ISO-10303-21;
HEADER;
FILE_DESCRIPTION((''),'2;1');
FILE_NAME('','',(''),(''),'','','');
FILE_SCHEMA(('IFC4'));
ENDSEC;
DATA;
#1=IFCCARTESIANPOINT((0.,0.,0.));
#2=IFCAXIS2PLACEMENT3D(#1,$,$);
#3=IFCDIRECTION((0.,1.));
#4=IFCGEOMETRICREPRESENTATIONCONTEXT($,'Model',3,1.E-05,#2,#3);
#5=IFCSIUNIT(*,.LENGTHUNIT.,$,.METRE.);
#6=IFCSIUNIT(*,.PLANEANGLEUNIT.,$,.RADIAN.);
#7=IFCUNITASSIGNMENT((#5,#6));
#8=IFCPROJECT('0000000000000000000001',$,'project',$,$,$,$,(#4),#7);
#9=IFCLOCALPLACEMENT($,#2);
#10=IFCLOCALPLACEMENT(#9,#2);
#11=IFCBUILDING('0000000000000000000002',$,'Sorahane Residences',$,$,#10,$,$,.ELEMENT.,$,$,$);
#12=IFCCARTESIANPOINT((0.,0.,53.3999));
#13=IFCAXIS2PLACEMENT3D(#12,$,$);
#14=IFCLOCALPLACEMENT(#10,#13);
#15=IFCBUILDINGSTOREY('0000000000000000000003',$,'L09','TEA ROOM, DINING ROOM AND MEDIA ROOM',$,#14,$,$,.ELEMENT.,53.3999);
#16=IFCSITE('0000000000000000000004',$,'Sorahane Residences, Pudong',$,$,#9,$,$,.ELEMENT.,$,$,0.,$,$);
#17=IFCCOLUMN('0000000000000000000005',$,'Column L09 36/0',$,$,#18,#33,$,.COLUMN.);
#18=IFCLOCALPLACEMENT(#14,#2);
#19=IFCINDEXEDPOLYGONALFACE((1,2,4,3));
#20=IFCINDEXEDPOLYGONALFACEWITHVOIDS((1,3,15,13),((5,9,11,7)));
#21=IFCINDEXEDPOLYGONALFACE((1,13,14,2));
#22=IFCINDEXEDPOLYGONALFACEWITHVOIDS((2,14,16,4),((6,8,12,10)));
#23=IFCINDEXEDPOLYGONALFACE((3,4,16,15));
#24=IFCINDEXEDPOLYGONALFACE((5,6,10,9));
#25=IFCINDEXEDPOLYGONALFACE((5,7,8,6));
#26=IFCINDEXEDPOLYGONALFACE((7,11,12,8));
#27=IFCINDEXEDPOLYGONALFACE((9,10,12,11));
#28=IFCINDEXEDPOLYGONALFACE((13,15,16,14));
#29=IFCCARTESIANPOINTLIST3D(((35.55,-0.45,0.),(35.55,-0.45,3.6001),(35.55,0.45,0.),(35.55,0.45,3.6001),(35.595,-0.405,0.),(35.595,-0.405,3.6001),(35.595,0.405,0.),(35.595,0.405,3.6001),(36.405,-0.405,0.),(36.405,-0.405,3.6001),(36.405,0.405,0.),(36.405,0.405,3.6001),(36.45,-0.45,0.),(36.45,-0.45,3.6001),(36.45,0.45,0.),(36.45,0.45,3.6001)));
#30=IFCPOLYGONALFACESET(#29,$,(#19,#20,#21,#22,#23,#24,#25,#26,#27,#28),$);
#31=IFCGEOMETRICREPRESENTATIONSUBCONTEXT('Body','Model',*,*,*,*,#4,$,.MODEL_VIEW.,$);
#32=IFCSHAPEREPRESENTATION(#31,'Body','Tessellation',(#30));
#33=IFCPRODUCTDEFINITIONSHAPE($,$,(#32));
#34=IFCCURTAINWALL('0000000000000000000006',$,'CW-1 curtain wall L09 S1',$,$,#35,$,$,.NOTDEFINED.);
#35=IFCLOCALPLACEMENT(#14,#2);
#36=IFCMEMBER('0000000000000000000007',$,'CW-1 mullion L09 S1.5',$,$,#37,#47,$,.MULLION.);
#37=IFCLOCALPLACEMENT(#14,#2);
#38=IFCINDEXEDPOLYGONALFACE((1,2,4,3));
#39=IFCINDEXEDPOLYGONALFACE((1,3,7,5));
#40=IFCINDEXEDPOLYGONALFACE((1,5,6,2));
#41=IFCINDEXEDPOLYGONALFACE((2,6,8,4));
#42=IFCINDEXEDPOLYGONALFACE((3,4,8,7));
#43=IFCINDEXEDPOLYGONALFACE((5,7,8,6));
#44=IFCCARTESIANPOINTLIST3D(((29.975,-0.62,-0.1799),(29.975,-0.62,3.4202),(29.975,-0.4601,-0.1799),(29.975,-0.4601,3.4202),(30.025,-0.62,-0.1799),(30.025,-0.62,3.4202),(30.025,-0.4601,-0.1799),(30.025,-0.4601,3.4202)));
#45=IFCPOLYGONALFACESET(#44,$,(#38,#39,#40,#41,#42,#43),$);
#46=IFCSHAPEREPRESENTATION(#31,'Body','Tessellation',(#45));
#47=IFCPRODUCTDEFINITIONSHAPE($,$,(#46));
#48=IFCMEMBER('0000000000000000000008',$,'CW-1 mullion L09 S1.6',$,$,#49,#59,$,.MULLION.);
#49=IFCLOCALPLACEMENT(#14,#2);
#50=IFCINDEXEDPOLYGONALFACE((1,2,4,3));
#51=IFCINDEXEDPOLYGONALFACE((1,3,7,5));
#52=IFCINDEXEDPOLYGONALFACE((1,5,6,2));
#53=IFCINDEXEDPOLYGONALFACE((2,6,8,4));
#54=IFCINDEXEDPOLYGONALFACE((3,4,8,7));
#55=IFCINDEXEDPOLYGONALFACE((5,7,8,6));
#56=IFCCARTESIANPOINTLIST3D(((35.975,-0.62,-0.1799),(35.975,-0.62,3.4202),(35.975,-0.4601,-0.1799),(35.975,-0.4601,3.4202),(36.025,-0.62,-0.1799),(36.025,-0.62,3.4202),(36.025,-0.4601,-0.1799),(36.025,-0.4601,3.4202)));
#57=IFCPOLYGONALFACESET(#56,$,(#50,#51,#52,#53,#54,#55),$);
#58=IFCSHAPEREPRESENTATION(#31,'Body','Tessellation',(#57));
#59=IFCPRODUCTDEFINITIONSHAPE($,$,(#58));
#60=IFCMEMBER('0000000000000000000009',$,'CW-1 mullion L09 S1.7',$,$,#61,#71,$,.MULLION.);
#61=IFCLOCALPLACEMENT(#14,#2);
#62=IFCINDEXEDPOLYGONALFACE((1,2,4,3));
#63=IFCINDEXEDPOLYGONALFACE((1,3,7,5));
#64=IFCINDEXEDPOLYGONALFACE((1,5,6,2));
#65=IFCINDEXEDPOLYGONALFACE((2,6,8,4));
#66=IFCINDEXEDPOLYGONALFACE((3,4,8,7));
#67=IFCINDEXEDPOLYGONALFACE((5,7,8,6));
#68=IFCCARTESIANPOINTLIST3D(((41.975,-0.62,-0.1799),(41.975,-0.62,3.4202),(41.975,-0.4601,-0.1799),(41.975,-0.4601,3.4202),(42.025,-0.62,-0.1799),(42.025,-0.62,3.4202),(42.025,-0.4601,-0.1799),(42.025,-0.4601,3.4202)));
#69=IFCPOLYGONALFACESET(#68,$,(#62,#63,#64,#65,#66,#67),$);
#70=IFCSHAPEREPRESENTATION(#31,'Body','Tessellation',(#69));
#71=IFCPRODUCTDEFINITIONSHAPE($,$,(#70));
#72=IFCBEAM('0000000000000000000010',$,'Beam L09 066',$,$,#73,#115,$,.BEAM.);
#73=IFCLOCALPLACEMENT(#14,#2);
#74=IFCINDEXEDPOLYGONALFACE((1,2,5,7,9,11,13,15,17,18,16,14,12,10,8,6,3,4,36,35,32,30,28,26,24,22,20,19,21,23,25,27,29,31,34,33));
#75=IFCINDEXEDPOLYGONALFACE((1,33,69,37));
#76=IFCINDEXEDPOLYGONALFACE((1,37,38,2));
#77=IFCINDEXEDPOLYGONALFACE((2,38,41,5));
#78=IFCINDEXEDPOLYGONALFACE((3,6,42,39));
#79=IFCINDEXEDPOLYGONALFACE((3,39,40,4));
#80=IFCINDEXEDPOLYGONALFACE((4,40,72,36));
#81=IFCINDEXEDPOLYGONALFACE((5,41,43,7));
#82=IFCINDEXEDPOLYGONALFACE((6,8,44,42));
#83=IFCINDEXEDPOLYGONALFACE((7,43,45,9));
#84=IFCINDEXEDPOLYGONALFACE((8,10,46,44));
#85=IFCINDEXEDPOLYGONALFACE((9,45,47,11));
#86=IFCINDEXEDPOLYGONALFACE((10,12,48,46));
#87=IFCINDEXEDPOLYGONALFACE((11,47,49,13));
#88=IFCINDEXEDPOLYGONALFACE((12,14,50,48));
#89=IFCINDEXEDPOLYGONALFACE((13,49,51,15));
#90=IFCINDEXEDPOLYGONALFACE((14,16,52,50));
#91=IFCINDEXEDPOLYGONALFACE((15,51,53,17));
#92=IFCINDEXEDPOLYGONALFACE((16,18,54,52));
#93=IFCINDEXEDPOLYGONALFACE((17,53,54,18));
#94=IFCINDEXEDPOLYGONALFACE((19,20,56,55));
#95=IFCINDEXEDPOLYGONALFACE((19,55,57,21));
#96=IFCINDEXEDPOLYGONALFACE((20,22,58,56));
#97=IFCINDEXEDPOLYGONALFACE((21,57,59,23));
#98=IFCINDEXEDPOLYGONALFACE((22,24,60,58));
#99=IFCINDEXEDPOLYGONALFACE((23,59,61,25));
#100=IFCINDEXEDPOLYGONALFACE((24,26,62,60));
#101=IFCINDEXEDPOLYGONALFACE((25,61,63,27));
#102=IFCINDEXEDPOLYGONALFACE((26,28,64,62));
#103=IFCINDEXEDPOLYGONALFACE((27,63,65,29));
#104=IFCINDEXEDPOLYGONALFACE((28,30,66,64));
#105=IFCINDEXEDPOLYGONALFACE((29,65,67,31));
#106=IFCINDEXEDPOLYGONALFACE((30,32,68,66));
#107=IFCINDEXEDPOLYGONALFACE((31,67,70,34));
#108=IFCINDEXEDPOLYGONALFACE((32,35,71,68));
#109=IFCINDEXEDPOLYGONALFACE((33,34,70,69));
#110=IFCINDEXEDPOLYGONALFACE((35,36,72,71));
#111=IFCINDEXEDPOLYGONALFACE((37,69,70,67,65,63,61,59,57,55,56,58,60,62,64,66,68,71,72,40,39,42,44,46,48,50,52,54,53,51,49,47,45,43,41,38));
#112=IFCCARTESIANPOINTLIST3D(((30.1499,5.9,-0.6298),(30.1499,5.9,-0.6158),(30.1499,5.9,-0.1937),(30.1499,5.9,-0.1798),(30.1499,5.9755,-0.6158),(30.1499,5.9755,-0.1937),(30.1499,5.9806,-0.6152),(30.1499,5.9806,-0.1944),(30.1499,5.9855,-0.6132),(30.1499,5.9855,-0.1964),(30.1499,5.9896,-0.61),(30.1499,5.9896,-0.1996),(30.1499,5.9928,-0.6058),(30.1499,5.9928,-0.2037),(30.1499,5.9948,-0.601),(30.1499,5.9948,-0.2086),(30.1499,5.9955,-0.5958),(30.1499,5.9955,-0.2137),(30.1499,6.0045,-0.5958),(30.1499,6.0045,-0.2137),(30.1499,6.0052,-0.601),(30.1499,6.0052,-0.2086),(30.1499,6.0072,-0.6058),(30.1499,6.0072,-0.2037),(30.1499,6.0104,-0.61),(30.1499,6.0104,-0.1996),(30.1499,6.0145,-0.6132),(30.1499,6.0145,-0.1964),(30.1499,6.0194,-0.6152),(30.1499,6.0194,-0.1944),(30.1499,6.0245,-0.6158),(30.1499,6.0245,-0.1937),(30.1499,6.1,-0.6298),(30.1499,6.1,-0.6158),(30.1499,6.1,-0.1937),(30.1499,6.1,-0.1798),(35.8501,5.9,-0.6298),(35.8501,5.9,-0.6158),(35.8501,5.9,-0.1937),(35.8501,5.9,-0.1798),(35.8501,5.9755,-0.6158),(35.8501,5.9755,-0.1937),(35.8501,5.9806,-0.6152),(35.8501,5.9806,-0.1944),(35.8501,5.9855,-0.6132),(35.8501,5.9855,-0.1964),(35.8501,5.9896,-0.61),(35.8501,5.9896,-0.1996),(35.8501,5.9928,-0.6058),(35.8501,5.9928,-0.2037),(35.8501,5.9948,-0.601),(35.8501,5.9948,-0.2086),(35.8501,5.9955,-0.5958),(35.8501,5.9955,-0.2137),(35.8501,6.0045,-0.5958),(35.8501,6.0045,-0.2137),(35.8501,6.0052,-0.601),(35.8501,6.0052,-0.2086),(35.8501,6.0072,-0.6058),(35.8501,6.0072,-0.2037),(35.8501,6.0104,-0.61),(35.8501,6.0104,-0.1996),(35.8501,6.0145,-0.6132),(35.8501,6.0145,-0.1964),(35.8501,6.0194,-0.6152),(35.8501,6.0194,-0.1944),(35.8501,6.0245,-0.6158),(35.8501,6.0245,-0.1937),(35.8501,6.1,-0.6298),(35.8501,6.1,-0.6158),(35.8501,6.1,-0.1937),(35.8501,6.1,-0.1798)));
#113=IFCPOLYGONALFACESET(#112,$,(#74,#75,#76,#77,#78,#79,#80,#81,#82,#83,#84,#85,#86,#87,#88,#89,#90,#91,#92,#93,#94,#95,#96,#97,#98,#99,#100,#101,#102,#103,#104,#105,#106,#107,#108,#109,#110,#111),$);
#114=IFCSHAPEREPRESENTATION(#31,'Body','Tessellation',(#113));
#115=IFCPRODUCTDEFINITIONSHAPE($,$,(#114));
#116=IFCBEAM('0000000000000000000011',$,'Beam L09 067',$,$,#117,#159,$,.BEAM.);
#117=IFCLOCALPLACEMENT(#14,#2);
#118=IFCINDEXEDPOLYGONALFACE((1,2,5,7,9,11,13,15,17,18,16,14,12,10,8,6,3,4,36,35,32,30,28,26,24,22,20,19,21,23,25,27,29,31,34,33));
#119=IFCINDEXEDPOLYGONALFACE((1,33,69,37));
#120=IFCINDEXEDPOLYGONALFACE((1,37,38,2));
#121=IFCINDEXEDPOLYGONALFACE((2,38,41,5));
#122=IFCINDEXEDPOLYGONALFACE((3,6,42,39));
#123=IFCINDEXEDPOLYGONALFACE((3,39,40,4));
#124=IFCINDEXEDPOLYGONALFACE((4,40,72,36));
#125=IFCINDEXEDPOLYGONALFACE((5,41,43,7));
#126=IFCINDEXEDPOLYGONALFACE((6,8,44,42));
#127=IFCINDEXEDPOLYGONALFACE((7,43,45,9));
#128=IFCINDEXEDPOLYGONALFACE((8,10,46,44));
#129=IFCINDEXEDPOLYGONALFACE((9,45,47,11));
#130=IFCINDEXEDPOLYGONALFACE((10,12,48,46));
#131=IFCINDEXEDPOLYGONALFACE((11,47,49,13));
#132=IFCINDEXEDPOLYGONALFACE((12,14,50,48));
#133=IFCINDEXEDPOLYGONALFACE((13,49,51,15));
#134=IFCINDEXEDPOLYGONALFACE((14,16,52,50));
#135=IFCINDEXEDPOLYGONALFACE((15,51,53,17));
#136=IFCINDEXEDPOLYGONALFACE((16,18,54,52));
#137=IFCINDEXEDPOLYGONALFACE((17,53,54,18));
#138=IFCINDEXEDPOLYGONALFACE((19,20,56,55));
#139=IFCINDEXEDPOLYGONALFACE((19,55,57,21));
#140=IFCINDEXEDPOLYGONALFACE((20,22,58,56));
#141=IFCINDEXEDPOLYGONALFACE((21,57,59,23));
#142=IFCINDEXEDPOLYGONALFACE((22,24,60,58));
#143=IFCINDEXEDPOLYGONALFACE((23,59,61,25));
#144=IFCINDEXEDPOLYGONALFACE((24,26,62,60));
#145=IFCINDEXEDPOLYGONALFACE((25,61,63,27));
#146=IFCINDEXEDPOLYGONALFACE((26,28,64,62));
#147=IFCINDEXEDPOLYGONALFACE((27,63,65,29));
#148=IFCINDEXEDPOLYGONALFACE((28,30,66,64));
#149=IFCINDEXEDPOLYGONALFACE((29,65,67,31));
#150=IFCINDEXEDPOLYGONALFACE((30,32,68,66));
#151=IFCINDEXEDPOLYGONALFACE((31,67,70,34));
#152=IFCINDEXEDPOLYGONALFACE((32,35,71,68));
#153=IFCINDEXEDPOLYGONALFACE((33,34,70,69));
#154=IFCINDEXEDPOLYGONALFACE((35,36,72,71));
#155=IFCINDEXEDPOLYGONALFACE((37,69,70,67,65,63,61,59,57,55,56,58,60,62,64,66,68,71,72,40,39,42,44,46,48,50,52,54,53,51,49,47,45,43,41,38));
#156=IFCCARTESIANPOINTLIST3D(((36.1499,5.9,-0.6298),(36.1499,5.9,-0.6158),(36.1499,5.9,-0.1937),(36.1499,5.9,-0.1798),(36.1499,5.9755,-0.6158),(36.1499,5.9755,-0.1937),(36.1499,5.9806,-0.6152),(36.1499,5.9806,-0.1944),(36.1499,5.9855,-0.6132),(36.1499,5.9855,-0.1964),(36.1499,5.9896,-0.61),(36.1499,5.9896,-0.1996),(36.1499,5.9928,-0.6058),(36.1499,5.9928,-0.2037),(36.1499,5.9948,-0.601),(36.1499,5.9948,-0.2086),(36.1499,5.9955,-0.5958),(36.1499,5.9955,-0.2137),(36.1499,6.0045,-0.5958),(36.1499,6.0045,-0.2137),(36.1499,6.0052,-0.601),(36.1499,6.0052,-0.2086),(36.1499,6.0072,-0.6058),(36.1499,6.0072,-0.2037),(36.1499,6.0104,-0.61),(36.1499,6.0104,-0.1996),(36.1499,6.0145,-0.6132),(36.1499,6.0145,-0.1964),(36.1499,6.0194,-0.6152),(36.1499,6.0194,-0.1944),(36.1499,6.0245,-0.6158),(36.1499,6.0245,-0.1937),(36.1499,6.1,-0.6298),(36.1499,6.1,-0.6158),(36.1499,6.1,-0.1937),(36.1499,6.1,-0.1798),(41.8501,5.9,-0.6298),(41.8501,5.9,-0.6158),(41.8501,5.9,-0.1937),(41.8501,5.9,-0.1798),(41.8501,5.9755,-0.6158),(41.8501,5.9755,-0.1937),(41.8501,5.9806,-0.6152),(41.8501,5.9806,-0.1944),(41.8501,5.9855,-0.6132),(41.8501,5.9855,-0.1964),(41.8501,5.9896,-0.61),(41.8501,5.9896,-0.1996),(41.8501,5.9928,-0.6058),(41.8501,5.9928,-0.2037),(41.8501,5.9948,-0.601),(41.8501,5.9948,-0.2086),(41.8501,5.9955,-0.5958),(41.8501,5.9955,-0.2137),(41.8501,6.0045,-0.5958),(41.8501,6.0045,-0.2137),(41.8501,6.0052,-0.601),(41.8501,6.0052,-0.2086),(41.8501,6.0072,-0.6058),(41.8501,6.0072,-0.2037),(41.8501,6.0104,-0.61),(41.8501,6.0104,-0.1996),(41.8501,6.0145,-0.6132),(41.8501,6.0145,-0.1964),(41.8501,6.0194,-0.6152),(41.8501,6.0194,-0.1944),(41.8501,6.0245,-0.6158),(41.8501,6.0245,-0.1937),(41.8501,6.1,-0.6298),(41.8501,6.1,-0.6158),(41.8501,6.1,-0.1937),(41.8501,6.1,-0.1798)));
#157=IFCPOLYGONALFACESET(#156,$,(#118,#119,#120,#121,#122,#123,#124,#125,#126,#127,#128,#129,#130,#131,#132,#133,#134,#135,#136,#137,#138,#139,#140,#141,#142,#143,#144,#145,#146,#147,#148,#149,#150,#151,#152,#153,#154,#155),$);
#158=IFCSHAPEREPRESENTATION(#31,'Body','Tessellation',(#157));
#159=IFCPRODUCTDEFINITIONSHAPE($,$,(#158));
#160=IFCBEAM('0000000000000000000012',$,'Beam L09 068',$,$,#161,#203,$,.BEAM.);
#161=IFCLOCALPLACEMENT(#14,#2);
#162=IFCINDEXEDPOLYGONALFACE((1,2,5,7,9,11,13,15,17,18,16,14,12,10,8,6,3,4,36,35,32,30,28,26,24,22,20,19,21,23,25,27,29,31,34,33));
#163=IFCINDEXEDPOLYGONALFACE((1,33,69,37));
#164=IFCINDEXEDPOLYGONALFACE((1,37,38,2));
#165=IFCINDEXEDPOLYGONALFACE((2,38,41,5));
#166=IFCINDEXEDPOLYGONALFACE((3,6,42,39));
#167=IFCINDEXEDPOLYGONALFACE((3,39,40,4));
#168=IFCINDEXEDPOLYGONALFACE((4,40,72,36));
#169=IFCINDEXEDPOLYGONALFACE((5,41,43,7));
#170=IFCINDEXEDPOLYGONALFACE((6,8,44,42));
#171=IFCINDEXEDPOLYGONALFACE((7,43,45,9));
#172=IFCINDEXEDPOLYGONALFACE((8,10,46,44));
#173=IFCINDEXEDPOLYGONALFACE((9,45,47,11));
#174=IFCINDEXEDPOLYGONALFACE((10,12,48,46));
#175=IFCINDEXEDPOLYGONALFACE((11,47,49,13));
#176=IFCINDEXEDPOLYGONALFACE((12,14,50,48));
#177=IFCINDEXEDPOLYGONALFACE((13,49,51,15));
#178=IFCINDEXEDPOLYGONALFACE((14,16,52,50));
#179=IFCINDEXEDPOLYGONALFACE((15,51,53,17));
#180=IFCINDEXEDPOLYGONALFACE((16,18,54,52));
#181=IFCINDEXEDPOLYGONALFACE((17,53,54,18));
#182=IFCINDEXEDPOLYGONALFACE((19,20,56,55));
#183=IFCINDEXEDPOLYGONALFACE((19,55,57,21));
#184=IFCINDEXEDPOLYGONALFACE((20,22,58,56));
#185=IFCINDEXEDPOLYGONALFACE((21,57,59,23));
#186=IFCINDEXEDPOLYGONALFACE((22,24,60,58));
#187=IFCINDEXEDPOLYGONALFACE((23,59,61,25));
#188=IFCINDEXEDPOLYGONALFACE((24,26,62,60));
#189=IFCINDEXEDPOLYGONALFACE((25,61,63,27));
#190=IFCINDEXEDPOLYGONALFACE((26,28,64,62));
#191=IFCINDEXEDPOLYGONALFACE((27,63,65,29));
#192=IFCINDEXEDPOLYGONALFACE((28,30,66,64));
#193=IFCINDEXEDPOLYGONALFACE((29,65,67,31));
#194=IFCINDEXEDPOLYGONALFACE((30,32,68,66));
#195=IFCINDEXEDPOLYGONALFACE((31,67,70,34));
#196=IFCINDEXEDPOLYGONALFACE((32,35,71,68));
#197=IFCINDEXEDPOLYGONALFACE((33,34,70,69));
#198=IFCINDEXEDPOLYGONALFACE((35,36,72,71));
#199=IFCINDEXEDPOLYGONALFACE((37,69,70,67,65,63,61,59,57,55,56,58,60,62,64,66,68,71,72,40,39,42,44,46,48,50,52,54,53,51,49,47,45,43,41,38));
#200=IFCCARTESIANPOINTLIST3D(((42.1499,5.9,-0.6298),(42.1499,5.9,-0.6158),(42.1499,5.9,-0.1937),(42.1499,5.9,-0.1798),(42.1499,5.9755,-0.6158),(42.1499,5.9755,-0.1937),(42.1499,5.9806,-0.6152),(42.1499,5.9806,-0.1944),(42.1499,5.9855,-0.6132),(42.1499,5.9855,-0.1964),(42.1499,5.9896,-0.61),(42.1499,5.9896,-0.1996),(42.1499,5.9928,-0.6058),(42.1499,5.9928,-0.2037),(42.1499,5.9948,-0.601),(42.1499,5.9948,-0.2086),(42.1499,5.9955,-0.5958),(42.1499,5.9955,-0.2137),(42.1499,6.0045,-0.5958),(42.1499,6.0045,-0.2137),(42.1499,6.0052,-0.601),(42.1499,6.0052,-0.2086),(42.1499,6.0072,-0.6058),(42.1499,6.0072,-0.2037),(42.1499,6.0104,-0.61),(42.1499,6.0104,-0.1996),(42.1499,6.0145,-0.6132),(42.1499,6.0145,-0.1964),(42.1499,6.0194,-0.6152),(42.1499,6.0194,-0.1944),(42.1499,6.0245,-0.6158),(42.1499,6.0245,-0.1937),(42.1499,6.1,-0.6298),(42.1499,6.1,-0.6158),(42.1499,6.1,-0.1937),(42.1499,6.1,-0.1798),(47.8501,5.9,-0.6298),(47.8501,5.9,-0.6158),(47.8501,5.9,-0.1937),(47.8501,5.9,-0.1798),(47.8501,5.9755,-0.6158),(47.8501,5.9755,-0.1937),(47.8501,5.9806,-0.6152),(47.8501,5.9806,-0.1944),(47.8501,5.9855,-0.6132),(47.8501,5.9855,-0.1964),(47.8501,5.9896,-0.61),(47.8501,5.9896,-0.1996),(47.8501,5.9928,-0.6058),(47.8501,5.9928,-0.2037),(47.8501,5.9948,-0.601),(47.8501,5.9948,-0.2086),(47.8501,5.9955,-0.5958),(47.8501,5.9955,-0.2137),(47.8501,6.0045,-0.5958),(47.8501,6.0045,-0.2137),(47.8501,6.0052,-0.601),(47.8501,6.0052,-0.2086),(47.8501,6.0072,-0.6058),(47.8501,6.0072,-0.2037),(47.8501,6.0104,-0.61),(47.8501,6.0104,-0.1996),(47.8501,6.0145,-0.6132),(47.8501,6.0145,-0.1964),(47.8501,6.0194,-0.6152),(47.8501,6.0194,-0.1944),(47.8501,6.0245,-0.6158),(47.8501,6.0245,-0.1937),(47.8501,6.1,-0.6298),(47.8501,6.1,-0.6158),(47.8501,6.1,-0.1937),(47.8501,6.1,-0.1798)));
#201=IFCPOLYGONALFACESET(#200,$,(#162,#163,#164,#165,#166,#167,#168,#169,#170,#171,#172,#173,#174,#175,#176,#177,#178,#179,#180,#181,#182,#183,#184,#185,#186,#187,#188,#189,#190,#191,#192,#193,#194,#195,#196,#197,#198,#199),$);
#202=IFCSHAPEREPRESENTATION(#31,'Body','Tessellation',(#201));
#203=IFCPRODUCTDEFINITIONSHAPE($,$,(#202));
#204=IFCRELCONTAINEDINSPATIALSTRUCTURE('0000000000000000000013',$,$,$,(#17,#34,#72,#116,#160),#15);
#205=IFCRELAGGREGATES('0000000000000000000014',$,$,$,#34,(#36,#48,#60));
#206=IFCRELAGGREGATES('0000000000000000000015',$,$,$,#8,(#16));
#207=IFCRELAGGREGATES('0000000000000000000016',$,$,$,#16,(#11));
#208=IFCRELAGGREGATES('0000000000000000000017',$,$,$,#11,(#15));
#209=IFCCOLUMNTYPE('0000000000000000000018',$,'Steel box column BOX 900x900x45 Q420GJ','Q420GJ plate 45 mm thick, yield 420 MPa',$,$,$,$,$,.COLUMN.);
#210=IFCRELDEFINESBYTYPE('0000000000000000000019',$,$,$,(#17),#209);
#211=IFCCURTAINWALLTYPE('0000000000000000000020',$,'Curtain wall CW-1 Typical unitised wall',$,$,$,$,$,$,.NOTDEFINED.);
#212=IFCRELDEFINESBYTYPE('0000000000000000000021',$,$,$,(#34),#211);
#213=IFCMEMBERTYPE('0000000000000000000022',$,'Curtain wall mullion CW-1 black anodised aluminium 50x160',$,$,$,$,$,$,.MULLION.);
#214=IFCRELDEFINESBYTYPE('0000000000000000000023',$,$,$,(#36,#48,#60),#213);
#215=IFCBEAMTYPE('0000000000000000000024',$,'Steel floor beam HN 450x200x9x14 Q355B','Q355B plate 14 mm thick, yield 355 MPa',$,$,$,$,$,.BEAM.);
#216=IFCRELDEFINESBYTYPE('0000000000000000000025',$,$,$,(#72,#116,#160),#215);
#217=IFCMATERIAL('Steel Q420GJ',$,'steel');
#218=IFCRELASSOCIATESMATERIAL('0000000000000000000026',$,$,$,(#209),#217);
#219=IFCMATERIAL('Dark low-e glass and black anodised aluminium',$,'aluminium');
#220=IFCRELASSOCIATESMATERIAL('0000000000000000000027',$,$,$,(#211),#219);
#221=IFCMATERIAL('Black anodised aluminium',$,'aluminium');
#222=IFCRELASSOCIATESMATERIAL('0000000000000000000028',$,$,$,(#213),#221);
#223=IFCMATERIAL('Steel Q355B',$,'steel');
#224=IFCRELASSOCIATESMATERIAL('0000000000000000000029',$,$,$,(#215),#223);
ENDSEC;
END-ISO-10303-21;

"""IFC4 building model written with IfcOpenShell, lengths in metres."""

from ifc_helpers import new_model, si_unit, direction, frame, origin, origin_2d, place, context, subcontext, project, spatial, rectangle, hollow_rectangle, i_section, extrude, material, material_profile, profile_set, type_object, element, aggregate, save


model = new_model("IFC4")

# Units and contexts
model_context = context("Model", 3, precision=1e-05, world=origin(), true_north=direction((0.0, 1.0)))
body_context = subcontext(model_context, "Body", "Model", "MODEL_VIEW")
ifc_project = project(units=[si_unit("LENGTHUNIT", "METRE"), si_unit("PLANEANGLEUNIT", "RADIAN")], contexts=[model_context])

# Site, building, storey
site_placement = place(None, origin())
site = spatial("IfcSite", under=ifc_project, at=site_placement, Name="Sorahane Residences, Pudong", CompositionType="ELEMENT", RefElevation=0.0)
building_placement = place(site_placement, origin())
building = spatial("IfcBuilding", under=site, at=building_placement, Name="Sorahane Residences", CompositionType="ELEMENT")
storey_placement = place(building_placement, frame((0.0, 0.0, 53.3999)))
storey = spatial("IfcBuildingStorey", under=building, at=storey_placement, Name="L09", Description="TEA ROOM, DINING ROOM AND MEDIA ROOM", CompositionType="ELEMENT", Elevation=53.3999)

# Column
ifc_material_1 = material(Name="Steel Q420GJ", Category="steel")
ifc_material_profile_1 = material_profile(ifc_material_1, hollow_rectangle(XDim=0.8999, YDim=0.8999, WallThickness=0.0449, at=origin_2d()), Name="BOX 900x900x45")
ifc_profile_set_1 = profile_set([ifc_material_profile_1], Name="Steel Q420GJ")
column_type = type_object("IfcColumnType", Name="Steel box column BOX 900x900x45 Q420GJ", Description="Q420GJ plate 45 mm thick, yield 420 MPa", PredefinedType="COLUMN", material=ifc_profile_set_1)
column_placement = place(storey_placement, frame((36.0, 0.0, 0.0), z_axis=(0.0, 0.0, 1.0), x_axis=(1.0, 0.0, 0.0)))
element("IfcColumn", 1, at=column_placement, inside=storey, type_object=column_type, Name="Column L09 36/0", PredefinedType="COLUMN", context=body_context, shape_type="SweptSolid", body=[
    extrude(hollow_rectangle(XDim=0.8999, YDim=0.8999, WallThickness=0.0449, at=origin_2d()), origin(), (0.0, 0.0, 1.0), 3.6001),
])

# Curtain wall, members
ifc_material_2 = material(Name="Dark low-e glass and black anodised aluminium", Category="aluminium")
curtain_wall_type = type_object("IfcCurtainWallType", Name="Curtain wall CW-1 Typical unitised wall", PredefinedType="NOTDEFINED", material=ifc_material_2)
curtain_wall_placement = place(storey_placement, origin())
curtain_wall = element("IfcCurtainWall", 2, at=curtain_wall_placement, inside=storey, type_object=curtain_wall_type, Name="CW-1 curtain wall L09 S1", PredefinedType="NOTDEFINED")
ifc_material_3 = material(Name="Black anodised aluminium", Category="aluminium")
ifc_material_profile_2 = material_profile(ifc_material_3, rectangle(XDim=0.1599, YDim=0.05, at=origin_2d()), Name="Curtain wall mullion CW-1 black anodised aluminium 50x160")
ifc_profile_set_2 = profile_set([ifc_material_profile_2], Name="Black anodised aluminium")
member_type = type_object("IfcMemberType", Name="Curtain wall mullion CW-1 black anodised aluminium 50x160", PredefinedType="MULLION", material=ifc_profile_set_2)
member_1_placement = place(storey_placement, frame((30.0, -0.54, -0.1799), z_axis=(0.0, 0.0, 1.0), x_axis=(0.0, -1.0, 0.0)))
member_1 = element("IfcMember", 3, at=member_1_placement, type_object=member_type, Name="CW-1 mullion L09 S1.5", PredefinedType="MULLION", context=body_context, shape_type="SweptSolid", body=[
    extrude(rectangle(XDim=0.1599, YDim=0.05, at=origin_2d()), origin(), (0.0, 0.0, 1.0), 3.6001),
])
member_2_placement = place(storey_placement, frame((36.0, -0.54, -0.1799), z_axis=(0.0, 0.0, 1.0), x_axis=(0.0, -1.0, 0.0)))
member_2 = element("IfcMember", 4, at=member_2_placement, type_object=member_type, Name="CW-1 mullion L09 S1.6", PredefinedType="MULLION", context=body_context, shape_type="SweptSolid", body=[
    extrude(rectangle(XDim=0.1599, YDim=0.05, at=origin_2d()), origin(), (0.0, 0.0, 1.0), 3.6001),
])
member_3_placement = place(storey_placement, frame((42.0, -0.54, -0.1799), z_axis=(0.0, 0.0, 1.0), x_axis=(0.0, -1.0, 0.0)))
member_3 = element("IfcMember", 5, at=member_3_placement, type_object=member_type, Name="CW-1 mullion L09 S1.7", PredefinedType="MULLION", context=body_context, shape_type="SweptSolid", body=[
    extrude(rectangle(XDim=0.1599, YDim=0.05, at=origin_2d()), origin(), (0.0, 0.0, 1.0), 3.6001),
])

# Beams
ifc_material_4 = material(Name="Steel Q355B", Category="steel")
ifc_material_profile_3 = material_profile(ifc_material_4, i_section(OverallWidth=0.2, OverallDepth=0.45, WebThickness=0.009, FlangeThickness=0.0139, FilletRadius=0.02, at=origin_2d()), Name="HN 450x200x9x14")
ifc_profile_set_3 = profile_set([ifc_material_profile_3], Name="Steel Q355B")
beam_type_1 = type_object("IfcBeamType", Name="Steel floor beam HN 450x200x9x14 Q355B", Description="Q355B plate 14 mm thick, yield 355 MPa", PredefinedType="BEAM", material=ifc_profile_set_3)
for number, where, z_axis, x_axis, name in (
    (6, (30.1499, 6.0, -0.4048), (1.0, 0.0, 0.0), (0.0, 1.0, 0.0), "Beam L09 066"),
    (7, (36.1499, 6.0, -0.4048), (1.0, 0.0, 0.0), (0.0, 1.0, 0.0), "Beam L09 067"),
    (8, (42.1499, 6.0, -0.4048), (1.0, 0.0, 0.0), (0.0, 1.0, 0.0), "Beam L09 068"),
):
    element("IfcBeam", number, at=place(storey_placement, frame(where, z_axis=z_axis, x_axis=x_axis)), inside=storey, type_object=beam_type_1, Name=name, PredefinedType="BEAM", context=body_context, shape_type="SweptSolid", body=[
        extrude(i_section(OverallWidth=0.2, OverallDepth=0.45, WebThickness=0.009, FlangeThickness=0.0139, FilletRadius=0.02, at=origin_2d()), origin(), (0.0, 0.0, 1.0), 5.7002),
    ])

aggregate(curtain_wall, [member_1, member_2, member_3])

save(model, "model.ifc")
